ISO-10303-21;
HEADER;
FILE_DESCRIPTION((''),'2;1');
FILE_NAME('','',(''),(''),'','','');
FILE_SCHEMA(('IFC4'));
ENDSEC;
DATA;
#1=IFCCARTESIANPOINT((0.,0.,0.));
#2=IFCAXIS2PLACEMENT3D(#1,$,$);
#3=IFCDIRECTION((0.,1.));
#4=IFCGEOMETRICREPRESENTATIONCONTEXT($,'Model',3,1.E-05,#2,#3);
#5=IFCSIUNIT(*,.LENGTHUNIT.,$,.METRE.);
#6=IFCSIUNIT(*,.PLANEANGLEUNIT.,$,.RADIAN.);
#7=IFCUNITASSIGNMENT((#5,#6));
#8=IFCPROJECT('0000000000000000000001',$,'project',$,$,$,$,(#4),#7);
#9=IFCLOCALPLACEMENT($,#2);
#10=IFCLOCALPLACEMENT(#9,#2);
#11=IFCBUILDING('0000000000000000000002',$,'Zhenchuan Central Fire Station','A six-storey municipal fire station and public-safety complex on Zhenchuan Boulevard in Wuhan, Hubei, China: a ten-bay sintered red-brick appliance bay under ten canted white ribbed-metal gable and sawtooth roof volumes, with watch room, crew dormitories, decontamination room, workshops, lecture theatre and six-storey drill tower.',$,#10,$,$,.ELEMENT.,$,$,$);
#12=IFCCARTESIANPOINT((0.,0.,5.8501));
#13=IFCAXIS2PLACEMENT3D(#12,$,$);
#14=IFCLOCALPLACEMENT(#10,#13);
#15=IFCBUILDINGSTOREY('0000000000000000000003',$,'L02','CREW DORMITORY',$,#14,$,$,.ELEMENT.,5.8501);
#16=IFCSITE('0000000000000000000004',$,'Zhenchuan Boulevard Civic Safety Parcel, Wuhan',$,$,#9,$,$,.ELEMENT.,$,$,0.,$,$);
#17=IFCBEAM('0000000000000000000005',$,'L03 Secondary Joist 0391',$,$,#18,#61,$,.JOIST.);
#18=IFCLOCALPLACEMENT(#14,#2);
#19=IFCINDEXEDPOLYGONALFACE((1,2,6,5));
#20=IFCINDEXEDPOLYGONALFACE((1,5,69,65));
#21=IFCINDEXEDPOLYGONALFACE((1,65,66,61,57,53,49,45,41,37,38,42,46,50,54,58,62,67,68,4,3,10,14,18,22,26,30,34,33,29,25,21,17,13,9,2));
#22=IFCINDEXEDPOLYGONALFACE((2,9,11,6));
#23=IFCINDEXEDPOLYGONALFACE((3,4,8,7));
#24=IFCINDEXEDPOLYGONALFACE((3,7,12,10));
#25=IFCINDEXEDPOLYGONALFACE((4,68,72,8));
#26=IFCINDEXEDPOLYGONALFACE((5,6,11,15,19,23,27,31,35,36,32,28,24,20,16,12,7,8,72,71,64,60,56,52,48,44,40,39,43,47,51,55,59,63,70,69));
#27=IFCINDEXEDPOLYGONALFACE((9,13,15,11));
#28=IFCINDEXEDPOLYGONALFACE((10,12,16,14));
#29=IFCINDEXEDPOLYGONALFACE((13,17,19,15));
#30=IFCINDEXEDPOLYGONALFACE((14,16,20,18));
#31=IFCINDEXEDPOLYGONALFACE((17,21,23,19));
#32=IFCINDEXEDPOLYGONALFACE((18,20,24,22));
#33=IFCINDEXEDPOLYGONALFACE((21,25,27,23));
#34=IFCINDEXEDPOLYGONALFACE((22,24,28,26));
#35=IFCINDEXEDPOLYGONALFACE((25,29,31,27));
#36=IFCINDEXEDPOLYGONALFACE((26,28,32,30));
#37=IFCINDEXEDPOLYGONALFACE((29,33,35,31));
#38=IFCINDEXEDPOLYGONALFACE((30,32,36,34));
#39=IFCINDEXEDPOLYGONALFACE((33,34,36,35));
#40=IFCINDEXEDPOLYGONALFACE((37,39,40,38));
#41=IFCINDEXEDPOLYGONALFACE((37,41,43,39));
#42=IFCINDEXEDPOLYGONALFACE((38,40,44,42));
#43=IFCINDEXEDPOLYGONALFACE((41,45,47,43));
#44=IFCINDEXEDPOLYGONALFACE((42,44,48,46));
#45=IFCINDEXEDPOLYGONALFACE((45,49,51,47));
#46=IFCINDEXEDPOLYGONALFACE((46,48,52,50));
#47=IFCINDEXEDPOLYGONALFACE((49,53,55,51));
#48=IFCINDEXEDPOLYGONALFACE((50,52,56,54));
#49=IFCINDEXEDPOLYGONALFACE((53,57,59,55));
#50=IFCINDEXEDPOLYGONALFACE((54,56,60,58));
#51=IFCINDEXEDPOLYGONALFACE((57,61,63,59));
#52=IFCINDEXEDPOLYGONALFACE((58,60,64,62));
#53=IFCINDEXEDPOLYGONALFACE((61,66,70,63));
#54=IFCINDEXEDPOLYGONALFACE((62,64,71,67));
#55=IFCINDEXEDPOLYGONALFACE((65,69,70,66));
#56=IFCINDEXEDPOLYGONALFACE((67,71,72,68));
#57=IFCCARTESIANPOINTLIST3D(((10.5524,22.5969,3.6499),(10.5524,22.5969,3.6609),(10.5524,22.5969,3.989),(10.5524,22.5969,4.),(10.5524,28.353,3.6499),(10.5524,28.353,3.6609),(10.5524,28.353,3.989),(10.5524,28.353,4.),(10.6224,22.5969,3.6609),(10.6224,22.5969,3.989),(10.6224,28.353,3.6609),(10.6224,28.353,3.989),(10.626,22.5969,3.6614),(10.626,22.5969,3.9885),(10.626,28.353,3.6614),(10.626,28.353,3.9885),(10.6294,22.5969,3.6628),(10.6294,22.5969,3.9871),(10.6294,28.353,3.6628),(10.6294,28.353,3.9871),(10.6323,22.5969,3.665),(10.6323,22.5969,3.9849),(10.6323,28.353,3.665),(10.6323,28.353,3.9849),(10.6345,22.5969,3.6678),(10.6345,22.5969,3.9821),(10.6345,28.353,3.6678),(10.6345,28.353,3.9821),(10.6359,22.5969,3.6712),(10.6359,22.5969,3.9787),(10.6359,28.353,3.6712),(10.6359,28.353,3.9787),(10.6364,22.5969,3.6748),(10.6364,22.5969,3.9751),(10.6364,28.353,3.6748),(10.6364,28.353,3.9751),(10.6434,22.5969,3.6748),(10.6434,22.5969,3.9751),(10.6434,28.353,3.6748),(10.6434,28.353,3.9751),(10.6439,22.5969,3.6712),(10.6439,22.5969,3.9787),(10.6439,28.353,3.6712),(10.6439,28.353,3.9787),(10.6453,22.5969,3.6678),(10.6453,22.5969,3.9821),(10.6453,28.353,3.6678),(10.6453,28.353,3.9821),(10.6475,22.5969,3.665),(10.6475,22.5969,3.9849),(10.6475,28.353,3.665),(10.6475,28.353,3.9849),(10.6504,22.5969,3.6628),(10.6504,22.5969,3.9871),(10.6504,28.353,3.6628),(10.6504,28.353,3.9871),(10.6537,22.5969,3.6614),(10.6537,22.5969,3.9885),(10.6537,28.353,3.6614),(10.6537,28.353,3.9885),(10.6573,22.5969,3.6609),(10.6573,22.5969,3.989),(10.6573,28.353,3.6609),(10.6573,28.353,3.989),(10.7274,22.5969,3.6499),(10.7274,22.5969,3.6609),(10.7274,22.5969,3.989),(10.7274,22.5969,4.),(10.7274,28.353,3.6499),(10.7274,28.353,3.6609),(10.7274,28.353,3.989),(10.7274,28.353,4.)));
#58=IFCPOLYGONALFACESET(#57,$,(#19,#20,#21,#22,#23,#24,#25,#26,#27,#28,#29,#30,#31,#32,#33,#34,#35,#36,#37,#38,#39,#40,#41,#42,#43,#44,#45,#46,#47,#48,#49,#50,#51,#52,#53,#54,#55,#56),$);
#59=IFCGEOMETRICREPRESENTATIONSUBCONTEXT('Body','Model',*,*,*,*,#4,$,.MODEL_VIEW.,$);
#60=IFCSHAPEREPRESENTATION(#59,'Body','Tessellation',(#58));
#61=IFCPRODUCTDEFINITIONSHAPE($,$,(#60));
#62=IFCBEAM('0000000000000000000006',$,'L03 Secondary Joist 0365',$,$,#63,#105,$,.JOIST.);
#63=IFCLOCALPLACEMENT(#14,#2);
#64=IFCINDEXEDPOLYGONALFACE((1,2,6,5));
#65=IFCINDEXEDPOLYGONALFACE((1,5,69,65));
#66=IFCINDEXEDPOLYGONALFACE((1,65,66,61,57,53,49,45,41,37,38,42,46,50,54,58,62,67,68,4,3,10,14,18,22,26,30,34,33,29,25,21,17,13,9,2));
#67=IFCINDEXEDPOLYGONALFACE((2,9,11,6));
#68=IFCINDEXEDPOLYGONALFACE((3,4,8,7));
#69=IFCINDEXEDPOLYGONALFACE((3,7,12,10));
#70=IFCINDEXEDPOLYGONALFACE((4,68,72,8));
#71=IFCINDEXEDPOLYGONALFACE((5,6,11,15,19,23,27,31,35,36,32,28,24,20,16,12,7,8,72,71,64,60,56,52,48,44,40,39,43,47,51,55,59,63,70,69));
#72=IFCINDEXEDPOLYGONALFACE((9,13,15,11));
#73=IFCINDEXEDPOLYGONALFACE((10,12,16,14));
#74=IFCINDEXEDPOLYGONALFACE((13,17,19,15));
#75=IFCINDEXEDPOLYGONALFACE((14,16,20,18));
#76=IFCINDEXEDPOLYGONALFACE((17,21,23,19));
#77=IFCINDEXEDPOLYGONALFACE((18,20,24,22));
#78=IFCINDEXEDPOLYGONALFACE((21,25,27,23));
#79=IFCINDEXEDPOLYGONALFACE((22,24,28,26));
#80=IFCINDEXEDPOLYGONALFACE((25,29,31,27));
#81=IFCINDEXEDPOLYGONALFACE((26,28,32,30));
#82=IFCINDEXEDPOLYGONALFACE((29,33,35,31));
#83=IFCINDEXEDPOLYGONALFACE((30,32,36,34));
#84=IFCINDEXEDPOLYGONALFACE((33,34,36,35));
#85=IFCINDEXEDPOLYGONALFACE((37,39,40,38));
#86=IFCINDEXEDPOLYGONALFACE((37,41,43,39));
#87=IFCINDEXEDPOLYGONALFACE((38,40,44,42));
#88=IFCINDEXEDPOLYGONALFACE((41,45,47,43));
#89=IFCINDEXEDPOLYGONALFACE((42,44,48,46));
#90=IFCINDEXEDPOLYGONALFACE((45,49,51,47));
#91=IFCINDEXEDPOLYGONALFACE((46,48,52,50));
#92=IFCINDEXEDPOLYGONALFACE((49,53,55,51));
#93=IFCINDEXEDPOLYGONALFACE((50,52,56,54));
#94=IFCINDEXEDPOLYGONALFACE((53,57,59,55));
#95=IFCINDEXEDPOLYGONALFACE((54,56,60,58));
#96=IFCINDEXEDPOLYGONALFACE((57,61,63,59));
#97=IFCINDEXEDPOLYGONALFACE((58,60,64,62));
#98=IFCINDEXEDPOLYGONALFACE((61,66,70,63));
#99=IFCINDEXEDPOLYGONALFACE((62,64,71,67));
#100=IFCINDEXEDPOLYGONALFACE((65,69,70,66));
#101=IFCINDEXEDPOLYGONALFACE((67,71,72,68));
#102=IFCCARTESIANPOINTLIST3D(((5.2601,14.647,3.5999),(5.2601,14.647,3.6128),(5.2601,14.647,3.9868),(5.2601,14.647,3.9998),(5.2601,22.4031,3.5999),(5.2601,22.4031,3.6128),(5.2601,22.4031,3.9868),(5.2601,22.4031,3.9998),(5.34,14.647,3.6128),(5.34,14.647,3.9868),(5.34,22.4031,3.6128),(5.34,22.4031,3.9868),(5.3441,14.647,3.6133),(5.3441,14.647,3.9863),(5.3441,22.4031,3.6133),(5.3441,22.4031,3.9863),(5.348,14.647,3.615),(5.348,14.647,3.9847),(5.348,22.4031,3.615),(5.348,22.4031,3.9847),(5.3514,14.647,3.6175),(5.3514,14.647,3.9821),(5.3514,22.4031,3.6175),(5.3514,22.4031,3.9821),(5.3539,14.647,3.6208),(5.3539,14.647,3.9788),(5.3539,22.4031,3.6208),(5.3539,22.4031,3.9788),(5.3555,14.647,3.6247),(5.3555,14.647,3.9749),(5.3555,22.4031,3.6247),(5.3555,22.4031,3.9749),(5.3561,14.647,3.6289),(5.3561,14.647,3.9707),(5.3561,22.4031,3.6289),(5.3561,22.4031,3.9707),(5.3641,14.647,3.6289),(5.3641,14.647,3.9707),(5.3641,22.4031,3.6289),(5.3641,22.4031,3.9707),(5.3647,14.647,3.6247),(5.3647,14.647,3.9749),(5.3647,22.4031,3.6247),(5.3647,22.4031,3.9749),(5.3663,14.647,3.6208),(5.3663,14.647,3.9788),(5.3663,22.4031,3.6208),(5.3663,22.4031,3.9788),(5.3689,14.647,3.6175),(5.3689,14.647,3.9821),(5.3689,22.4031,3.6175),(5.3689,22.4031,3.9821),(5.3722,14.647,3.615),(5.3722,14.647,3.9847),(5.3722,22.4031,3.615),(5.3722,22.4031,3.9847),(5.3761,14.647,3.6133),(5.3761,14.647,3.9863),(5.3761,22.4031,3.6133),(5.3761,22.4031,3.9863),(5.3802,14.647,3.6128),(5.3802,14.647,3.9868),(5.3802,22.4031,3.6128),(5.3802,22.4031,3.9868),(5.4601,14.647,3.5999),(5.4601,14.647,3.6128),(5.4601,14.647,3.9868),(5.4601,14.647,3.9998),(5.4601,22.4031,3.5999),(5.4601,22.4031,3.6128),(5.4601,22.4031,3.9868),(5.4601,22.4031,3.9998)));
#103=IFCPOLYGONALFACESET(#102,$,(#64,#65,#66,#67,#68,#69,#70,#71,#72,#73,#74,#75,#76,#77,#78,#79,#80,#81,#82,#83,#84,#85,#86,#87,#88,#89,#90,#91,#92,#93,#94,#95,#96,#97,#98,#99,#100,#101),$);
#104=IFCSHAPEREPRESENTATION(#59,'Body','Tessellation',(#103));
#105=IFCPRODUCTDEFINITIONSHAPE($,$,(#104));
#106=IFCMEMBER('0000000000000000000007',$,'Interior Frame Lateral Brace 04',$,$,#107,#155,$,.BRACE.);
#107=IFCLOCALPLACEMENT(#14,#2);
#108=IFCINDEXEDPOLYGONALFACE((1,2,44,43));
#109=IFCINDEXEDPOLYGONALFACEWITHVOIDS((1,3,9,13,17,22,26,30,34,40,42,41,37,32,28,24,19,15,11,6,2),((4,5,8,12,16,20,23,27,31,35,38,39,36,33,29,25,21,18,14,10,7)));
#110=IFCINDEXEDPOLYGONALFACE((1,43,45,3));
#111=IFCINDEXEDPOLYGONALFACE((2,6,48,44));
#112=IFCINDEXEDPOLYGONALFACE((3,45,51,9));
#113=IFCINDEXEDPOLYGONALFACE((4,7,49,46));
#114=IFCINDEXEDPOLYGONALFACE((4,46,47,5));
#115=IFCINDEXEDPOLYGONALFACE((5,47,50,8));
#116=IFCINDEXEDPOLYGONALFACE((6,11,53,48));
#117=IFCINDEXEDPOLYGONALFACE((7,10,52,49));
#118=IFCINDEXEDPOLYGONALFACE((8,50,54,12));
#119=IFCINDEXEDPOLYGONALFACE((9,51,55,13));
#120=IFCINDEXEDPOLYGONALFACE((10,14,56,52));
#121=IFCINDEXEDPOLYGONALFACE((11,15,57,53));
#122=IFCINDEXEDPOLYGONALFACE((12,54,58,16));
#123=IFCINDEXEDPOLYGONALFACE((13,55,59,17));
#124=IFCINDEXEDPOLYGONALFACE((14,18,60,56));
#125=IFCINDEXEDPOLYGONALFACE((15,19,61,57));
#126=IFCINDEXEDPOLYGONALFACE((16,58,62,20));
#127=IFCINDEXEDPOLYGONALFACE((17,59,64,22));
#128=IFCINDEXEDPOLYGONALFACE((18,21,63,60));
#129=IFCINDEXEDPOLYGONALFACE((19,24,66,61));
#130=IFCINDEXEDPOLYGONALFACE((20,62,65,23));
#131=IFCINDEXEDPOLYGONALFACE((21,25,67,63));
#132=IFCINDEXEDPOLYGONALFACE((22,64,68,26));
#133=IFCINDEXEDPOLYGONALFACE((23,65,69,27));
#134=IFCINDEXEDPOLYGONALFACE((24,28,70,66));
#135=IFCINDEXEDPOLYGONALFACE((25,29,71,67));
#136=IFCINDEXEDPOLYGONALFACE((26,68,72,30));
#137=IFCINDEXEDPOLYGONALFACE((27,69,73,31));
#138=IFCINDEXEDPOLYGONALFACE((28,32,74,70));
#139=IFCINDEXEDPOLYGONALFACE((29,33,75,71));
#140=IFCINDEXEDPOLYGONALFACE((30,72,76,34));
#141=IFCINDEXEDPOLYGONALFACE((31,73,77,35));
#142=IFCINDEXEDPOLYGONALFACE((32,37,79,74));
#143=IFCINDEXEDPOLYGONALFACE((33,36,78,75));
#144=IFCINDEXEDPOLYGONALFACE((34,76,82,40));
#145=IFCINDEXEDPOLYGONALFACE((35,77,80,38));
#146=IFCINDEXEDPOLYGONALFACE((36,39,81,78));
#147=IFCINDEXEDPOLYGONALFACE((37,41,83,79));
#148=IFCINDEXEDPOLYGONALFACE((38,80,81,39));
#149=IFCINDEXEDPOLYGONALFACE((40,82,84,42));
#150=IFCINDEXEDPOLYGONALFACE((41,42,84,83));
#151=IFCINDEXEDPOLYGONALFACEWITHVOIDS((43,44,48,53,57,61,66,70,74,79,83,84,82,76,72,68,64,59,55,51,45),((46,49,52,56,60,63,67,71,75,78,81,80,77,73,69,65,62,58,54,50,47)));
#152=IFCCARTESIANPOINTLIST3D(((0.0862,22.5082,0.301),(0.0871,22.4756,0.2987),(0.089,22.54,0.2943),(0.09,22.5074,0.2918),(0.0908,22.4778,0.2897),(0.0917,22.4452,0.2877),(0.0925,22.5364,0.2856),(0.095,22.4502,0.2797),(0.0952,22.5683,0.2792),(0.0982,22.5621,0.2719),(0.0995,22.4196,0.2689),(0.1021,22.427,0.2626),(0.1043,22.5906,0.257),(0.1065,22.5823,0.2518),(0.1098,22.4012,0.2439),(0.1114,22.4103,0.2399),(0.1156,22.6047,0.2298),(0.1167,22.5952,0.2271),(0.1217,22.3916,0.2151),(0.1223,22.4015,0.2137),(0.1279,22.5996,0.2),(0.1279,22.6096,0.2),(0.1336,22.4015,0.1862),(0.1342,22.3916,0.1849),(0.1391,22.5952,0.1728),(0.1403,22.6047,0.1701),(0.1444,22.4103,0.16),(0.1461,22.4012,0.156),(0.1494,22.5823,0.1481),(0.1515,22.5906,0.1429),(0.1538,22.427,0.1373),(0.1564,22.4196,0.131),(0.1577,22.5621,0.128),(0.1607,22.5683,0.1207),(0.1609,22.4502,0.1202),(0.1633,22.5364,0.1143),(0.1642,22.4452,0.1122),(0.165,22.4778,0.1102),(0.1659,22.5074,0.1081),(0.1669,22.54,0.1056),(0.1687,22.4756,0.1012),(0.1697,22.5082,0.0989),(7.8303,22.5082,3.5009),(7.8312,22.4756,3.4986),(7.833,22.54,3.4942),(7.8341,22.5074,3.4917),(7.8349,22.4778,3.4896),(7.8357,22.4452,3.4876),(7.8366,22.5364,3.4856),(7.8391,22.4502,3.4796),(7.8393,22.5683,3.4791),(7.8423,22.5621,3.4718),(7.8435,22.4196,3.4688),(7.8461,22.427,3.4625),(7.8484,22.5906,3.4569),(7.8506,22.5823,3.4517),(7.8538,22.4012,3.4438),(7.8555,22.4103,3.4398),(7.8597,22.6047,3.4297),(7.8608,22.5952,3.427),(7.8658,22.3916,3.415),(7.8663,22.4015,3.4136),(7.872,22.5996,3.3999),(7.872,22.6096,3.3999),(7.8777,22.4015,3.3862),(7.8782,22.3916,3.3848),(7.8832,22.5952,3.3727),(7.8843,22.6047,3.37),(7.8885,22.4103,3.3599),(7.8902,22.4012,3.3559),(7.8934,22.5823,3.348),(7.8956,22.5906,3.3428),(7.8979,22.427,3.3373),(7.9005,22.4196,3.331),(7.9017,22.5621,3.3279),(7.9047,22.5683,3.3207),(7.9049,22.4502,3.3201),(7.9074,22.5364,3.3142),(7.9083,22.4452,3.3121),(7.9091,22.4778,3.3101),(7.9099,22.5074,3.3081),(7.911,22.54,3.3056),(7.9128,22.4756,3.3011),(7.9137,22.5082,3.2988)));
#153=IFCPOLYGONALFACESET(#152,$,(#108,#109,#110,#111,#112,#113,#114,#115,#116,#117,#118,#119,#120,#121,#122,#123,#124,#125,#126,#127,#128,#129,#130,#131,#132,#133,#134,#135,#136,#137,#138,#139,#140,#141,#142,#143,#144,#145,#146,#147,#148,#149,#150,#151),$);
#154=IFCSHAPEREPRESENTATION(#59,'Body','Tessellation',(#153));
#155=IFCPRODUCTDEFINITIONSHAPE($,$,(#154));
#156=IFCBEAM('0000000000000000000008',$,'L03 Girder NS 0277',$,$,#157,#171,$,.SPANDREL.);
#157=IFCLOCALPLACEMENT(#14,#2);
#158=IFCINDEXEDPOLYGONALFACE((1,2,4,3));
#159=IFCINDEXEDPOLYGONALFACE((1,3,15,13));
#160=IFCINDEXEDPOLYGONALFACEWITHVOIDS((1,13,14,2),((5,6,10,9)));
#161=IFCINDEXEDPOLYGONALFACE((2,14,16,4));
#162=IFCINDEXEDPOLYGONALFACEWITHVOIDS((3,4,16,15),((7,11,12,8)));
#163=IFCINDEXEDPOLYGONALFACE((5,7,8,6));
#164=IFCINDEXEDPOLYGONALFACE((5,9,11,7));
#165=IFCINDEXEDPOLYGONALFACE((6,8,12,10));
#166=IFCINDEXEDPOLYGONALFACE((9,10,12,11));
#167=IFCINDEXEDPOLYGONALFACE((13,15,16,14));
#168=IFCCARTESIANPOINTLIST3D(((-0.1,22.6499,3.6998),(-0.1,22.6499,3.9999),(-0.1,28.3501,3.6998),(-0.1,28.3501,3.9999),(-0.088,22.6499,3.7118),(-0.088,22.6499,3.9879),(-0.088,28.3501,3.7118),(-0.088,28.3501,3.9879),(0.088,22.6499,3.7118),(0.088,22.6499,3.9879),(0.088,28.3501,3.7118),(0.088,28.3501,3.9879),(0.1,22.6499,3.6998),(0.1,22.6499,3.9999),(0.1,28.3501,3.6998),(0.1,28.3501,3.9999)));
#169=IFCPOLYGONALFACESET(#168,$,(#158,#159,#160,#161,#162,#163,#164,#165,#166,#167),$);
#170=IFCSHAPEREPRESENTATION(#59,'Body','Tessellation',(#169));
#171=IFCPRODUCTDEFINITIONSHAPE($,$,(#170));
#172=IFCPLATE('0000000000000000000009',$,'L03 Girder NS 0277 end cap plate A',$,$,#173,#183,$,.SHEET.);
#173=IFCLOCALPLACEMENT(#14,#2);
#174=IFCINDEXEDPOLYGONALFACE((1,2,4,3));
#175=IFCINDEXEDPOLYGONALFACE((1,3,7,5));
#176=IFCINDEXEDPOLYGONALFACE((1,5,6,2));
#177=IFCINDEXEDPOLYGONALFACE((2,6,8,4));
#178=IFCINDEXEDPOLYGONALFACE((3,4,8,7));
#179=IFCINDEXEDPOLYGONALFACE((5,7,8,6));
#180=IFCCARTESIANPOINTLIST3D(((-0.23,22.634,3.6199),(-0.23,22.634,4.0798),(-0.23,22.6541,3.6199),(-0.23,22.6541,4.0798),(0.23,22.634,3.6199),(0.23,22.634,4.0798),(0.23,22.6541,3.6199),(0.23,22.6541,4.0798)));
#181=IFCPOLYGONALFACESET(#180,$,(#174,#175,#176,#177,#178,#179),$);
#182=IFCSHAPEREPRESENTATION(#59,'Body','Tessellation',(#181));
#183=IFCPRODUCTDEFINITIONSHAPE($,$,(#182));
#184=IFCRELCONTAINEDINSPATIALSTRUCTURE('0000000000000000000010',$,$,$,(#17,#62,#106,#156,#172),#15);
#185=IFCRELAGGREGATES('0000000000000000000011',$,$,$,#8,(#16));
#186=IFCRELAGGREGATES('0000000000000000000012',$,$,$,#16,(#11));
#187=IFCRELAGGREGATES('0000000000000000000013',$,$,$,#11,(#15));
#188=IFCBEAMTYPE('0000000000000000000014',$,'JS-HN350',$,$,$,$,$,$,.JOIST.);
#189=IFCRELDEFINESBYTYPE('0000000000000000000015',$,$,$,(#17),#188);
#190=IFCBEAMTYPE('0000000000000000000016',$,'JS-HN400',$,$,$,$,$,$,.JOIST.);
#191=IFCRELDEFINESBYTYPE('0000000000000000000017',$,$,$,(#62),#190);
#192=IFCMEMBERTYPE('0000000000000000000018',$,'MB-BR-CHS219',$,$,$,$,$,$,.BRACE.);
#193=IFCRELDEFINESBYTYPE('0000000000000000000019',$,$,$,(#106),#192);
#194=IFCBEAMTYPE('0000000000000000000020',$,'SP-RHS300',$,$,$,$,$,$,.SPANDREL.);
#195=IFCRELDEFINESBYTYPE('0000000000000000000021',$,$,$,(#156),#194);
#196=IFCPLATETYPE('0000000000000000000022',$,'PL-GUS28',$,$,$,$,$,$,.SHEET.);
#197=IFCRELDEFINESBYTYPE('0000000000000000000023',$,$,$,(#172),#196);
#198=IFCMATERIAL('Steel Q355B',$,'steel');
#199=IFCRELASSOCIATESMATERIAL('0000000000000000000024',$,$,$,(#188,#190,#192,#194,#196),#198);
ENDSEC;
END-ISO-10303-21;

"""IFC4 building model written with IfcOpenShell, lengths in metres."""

from ifc_helpers import new_model, si_unit, direction, frame, origin, origin_2d, place, context, subcontext, project, spatial, rectangle, hollow_rectangle, hollow_circle, i_section, extrude, material, material_profile, profile_set, type_object, element, save


model = new_model("IFC4")

# Units and contexts
model_context = context("Model", 3, precision=1e-05, world=origin(), true_north=direction((0.0, 1.0)))
body_context = subcontext(model_context, "Body", "Model", "MODEL_VIEW")
ifc_project = project(units=[si_unit("LENGTHUNIT", "METRE"), si_unit("PLANEANGLEUNIT", "RADIAN")], contexts=[model_context])

# Site, building, storey
site_placement = place(None, origin())
site = spatial("IfcSite", under=ifc_project, at=site_placement, Name="Zhenchuan Boulevard Civic Safety Parcel, Wuhan", CompositionType="ELEMENT", RefElevation=0.0)
building_placement = place(site_placement, origin())
building = spatial("IfcBuilding", under=site, at=building_placement, Name="Zhenchuan Central Fire Station", Description="A six-storey municipal fire station and public-safety complex on Zhenchuan Boulevard in Wuhan, Hubei, China: a ten-bay sintered red-brick appliance bay under ten canted white ribbed-metal gable and sawtooth roof volumes, with watch room, crew dormitories, decontamination room, workshops, lecture theatre and six-storey drill tower.", CompositionType="ELEMENT")
storey_placement = place(building_placement, frame((0.0, 0.0, 5.8501)))
storey = spatial("IfcBuildingStorey", under=building, at=storey_placement, Name="L02", Description="CREW DORMITORY", CompositionType="ELEMENT", Elevation=5.8501)

# Shared definitions
ifc_material_1 = material(Name="Steel Q355B", Category="steel")

# Beams
ifc_material_profile_1 = material_profile(ifc_material_1, i_section(OverallWidth=0.175, OverallDepth=0.3501, WebThickness=0.0071, FlangeThickness=0.011, FilletRadius=0.0139, at=origin_2d()), Name="HN 350x175")
ifc_profile_set_1 = profile_set([ifc_material_profile_1], Name="Steel Q355B")
beam_type_1 = type_object("IfcBeamType", Name="JS-HN350", PredefinedType="JOIST", material=ifc_profile_set_1)
beam_1_placement = place(storey_placement, frame((10.6399, 22.5969, 3.825), z_axis=(0.0, 1.0, 0.0), x_axis=(-1.0, 0.0, 0.0)))
element("IfcBeam", 1, at=beam_1_placement, inside=storey, type_object=beam_type_1, Name="L03 Secondary Joist 0391", PredefinedType="JOIST", context=body_context, shape_type="SweptSolid", body=[
    extrude(i_section(OverallWidth=0.175, OverallDepth=0.3501, WebThickness=0.0071, FlangeThickness=0.011, FilletRadius=0.0139, at=origin_2d()), origin(), (0.0, 0.0, 1.0), 5.7561),
])
ifc_material_profile_2 = material_profile(ifc_material_1, i_section(OverallWidth=0.2, OverallDepth=0.3999, WebThickness=0.0081, FlangeThickness=0.0129, FilletRadius=0.0161, at=origin_2d()), Name="HN 400x200")
ifc_profile_set_2 = profile_set([ifc_material_profile_2], Name="Steel Q355B")
beam_type_2 = type_object("IfcBeamType", Name="JS-HN400", PredefinedType="JOIST", material=ifc_profile_set_2)
beam_2_placement = place(storey_placement, frame((5.3601, 14.647, 3.7998), z_axis=(0.0, 1.0, 0.0), x_axis=(-1.0, 0.0, 0.0)))
element("IfcBeam", 2, at=beam_2_placement, inside=storey, type_object=beam_type_2, Name="L03 Secondary Joist 0365", PredefinedType="JOIST", context=body_context, shape_type="SweptSolid", body=[
    extrude(i_section(OverallWidth=0.2, OverallDepth=0.3999, WebThickness=0.0081, FlangeThickness=0.0129, FilletRadius=0.0161, at=origin_2d()), origin(), (0.0, 0.0, 1.0), 7.7561),
])

# Member
ifc_material_profile_3 = material_profile(ifc_material_1, hollow_circle(Radius=0.1096, WallThickness=0.01, at=origin_2d()), Name="CHS 219.1x10")
ifc_profile_set_3 = profile_set([ifc_material_profile_3], Name="Steel Q355B")
member_type = type_object("IfcMemberType", Name="MB-BR-CHS219", PredefinedType="BRACE", material=ifc_profile_set_3)
member_placement = place(storey_placement, frame((0.1279, 22.5, 0.2), z_axis=(0.924207, 0.0, 0.381891), x_axis=(0.0, 1.0, 0.0)))
element("IfcMember", 3, at=member_placement, inside=storey, type_object=member_type, Name="Interior Frame Lateral Brace 04", PredefinedType="BRACE", context=body_context, shape_type="SweptSolid", body=[
    extrude(hollow_circle(Radius=0.1096, WallThickness=0.01, at=origin_2d()), origin(), (0.0, 0.0, 1.0), 8.3792),
])

# Beam
ifc_material_profile_4 = material_profile(ifc_material_1, hollow_rectangle(XDim=0.2, YDim=0.3, WallThickness=0.012, at=origin_2d()), Name="RHS 300x200x12")
ifc_profile_set_4 = profile_set([ifc_material_profile_4], Name="Steel Q355B")
beam_type_3 = type_object("IfcBeamType", Name="SP-RHS300", PredefinedType="SPANDREL", material=ifc_profile_set_4)
beam_3_placement = place(storey_placement, frame((0.0, 22.6499, 3.8499), z_axis=(0.0, 1.0, 0.0), x_axis=(-1.0, 0.0, 0.0)))
element("IfcBeam", 4, at=beam_3_placement, inside=storey, type_object=beam_type_3, Name="L03 Girder NS 0277", PredefinedType="SPANDREL", context=body_context, shape_type="SweptSolid", body=[
    extrude(hollow_rectangle(XDim=0.2, YDim=0.3, WallThickness=0.012, at=origin_2d()), origin(), (0.0, 0.0, 1.0), 5.7002),
])

# Plate
ifc_material_profile_5 = material_profile(ifc_material_1, rectangle(XDim=0.46, YDim=0.46, at=origin_2d()), Name="PL 460x460x28")
ifc_profile_set_5 = profile_set([ifc_material_profile_5], Name="Steel Q355B")
plate_type_1 = type_object("IfcPlateType", Name="PL-GUS28", PredefinedType="SHEET", material=ifc_profile_set_5)
for number, where, z_axis, x_axis, name in (
    (5, (0.0, 22.634, 3.8499), (0.0, 1.0, 0.0), (-1.0, 0.0, 0.0), "L03 Girder NS 0277 end cap plate A"),
):
    element("IfcPlate", number, at=place(storey_placement, frame(where, z_axis=z_axis, x_axis=x_axis)), inside=storey, type_object=plate_type_1, Name=name, PredefinedType="SHEET", context=body_context, shape_type="SweptSolid", body=[
        extrude(rectangle(XDim=0.46, YDim=0.46, at=origin_2d()), origin(), (0.0, 0.0, 1.0), 0.02),
    ])

save(model, "model.ifc")
